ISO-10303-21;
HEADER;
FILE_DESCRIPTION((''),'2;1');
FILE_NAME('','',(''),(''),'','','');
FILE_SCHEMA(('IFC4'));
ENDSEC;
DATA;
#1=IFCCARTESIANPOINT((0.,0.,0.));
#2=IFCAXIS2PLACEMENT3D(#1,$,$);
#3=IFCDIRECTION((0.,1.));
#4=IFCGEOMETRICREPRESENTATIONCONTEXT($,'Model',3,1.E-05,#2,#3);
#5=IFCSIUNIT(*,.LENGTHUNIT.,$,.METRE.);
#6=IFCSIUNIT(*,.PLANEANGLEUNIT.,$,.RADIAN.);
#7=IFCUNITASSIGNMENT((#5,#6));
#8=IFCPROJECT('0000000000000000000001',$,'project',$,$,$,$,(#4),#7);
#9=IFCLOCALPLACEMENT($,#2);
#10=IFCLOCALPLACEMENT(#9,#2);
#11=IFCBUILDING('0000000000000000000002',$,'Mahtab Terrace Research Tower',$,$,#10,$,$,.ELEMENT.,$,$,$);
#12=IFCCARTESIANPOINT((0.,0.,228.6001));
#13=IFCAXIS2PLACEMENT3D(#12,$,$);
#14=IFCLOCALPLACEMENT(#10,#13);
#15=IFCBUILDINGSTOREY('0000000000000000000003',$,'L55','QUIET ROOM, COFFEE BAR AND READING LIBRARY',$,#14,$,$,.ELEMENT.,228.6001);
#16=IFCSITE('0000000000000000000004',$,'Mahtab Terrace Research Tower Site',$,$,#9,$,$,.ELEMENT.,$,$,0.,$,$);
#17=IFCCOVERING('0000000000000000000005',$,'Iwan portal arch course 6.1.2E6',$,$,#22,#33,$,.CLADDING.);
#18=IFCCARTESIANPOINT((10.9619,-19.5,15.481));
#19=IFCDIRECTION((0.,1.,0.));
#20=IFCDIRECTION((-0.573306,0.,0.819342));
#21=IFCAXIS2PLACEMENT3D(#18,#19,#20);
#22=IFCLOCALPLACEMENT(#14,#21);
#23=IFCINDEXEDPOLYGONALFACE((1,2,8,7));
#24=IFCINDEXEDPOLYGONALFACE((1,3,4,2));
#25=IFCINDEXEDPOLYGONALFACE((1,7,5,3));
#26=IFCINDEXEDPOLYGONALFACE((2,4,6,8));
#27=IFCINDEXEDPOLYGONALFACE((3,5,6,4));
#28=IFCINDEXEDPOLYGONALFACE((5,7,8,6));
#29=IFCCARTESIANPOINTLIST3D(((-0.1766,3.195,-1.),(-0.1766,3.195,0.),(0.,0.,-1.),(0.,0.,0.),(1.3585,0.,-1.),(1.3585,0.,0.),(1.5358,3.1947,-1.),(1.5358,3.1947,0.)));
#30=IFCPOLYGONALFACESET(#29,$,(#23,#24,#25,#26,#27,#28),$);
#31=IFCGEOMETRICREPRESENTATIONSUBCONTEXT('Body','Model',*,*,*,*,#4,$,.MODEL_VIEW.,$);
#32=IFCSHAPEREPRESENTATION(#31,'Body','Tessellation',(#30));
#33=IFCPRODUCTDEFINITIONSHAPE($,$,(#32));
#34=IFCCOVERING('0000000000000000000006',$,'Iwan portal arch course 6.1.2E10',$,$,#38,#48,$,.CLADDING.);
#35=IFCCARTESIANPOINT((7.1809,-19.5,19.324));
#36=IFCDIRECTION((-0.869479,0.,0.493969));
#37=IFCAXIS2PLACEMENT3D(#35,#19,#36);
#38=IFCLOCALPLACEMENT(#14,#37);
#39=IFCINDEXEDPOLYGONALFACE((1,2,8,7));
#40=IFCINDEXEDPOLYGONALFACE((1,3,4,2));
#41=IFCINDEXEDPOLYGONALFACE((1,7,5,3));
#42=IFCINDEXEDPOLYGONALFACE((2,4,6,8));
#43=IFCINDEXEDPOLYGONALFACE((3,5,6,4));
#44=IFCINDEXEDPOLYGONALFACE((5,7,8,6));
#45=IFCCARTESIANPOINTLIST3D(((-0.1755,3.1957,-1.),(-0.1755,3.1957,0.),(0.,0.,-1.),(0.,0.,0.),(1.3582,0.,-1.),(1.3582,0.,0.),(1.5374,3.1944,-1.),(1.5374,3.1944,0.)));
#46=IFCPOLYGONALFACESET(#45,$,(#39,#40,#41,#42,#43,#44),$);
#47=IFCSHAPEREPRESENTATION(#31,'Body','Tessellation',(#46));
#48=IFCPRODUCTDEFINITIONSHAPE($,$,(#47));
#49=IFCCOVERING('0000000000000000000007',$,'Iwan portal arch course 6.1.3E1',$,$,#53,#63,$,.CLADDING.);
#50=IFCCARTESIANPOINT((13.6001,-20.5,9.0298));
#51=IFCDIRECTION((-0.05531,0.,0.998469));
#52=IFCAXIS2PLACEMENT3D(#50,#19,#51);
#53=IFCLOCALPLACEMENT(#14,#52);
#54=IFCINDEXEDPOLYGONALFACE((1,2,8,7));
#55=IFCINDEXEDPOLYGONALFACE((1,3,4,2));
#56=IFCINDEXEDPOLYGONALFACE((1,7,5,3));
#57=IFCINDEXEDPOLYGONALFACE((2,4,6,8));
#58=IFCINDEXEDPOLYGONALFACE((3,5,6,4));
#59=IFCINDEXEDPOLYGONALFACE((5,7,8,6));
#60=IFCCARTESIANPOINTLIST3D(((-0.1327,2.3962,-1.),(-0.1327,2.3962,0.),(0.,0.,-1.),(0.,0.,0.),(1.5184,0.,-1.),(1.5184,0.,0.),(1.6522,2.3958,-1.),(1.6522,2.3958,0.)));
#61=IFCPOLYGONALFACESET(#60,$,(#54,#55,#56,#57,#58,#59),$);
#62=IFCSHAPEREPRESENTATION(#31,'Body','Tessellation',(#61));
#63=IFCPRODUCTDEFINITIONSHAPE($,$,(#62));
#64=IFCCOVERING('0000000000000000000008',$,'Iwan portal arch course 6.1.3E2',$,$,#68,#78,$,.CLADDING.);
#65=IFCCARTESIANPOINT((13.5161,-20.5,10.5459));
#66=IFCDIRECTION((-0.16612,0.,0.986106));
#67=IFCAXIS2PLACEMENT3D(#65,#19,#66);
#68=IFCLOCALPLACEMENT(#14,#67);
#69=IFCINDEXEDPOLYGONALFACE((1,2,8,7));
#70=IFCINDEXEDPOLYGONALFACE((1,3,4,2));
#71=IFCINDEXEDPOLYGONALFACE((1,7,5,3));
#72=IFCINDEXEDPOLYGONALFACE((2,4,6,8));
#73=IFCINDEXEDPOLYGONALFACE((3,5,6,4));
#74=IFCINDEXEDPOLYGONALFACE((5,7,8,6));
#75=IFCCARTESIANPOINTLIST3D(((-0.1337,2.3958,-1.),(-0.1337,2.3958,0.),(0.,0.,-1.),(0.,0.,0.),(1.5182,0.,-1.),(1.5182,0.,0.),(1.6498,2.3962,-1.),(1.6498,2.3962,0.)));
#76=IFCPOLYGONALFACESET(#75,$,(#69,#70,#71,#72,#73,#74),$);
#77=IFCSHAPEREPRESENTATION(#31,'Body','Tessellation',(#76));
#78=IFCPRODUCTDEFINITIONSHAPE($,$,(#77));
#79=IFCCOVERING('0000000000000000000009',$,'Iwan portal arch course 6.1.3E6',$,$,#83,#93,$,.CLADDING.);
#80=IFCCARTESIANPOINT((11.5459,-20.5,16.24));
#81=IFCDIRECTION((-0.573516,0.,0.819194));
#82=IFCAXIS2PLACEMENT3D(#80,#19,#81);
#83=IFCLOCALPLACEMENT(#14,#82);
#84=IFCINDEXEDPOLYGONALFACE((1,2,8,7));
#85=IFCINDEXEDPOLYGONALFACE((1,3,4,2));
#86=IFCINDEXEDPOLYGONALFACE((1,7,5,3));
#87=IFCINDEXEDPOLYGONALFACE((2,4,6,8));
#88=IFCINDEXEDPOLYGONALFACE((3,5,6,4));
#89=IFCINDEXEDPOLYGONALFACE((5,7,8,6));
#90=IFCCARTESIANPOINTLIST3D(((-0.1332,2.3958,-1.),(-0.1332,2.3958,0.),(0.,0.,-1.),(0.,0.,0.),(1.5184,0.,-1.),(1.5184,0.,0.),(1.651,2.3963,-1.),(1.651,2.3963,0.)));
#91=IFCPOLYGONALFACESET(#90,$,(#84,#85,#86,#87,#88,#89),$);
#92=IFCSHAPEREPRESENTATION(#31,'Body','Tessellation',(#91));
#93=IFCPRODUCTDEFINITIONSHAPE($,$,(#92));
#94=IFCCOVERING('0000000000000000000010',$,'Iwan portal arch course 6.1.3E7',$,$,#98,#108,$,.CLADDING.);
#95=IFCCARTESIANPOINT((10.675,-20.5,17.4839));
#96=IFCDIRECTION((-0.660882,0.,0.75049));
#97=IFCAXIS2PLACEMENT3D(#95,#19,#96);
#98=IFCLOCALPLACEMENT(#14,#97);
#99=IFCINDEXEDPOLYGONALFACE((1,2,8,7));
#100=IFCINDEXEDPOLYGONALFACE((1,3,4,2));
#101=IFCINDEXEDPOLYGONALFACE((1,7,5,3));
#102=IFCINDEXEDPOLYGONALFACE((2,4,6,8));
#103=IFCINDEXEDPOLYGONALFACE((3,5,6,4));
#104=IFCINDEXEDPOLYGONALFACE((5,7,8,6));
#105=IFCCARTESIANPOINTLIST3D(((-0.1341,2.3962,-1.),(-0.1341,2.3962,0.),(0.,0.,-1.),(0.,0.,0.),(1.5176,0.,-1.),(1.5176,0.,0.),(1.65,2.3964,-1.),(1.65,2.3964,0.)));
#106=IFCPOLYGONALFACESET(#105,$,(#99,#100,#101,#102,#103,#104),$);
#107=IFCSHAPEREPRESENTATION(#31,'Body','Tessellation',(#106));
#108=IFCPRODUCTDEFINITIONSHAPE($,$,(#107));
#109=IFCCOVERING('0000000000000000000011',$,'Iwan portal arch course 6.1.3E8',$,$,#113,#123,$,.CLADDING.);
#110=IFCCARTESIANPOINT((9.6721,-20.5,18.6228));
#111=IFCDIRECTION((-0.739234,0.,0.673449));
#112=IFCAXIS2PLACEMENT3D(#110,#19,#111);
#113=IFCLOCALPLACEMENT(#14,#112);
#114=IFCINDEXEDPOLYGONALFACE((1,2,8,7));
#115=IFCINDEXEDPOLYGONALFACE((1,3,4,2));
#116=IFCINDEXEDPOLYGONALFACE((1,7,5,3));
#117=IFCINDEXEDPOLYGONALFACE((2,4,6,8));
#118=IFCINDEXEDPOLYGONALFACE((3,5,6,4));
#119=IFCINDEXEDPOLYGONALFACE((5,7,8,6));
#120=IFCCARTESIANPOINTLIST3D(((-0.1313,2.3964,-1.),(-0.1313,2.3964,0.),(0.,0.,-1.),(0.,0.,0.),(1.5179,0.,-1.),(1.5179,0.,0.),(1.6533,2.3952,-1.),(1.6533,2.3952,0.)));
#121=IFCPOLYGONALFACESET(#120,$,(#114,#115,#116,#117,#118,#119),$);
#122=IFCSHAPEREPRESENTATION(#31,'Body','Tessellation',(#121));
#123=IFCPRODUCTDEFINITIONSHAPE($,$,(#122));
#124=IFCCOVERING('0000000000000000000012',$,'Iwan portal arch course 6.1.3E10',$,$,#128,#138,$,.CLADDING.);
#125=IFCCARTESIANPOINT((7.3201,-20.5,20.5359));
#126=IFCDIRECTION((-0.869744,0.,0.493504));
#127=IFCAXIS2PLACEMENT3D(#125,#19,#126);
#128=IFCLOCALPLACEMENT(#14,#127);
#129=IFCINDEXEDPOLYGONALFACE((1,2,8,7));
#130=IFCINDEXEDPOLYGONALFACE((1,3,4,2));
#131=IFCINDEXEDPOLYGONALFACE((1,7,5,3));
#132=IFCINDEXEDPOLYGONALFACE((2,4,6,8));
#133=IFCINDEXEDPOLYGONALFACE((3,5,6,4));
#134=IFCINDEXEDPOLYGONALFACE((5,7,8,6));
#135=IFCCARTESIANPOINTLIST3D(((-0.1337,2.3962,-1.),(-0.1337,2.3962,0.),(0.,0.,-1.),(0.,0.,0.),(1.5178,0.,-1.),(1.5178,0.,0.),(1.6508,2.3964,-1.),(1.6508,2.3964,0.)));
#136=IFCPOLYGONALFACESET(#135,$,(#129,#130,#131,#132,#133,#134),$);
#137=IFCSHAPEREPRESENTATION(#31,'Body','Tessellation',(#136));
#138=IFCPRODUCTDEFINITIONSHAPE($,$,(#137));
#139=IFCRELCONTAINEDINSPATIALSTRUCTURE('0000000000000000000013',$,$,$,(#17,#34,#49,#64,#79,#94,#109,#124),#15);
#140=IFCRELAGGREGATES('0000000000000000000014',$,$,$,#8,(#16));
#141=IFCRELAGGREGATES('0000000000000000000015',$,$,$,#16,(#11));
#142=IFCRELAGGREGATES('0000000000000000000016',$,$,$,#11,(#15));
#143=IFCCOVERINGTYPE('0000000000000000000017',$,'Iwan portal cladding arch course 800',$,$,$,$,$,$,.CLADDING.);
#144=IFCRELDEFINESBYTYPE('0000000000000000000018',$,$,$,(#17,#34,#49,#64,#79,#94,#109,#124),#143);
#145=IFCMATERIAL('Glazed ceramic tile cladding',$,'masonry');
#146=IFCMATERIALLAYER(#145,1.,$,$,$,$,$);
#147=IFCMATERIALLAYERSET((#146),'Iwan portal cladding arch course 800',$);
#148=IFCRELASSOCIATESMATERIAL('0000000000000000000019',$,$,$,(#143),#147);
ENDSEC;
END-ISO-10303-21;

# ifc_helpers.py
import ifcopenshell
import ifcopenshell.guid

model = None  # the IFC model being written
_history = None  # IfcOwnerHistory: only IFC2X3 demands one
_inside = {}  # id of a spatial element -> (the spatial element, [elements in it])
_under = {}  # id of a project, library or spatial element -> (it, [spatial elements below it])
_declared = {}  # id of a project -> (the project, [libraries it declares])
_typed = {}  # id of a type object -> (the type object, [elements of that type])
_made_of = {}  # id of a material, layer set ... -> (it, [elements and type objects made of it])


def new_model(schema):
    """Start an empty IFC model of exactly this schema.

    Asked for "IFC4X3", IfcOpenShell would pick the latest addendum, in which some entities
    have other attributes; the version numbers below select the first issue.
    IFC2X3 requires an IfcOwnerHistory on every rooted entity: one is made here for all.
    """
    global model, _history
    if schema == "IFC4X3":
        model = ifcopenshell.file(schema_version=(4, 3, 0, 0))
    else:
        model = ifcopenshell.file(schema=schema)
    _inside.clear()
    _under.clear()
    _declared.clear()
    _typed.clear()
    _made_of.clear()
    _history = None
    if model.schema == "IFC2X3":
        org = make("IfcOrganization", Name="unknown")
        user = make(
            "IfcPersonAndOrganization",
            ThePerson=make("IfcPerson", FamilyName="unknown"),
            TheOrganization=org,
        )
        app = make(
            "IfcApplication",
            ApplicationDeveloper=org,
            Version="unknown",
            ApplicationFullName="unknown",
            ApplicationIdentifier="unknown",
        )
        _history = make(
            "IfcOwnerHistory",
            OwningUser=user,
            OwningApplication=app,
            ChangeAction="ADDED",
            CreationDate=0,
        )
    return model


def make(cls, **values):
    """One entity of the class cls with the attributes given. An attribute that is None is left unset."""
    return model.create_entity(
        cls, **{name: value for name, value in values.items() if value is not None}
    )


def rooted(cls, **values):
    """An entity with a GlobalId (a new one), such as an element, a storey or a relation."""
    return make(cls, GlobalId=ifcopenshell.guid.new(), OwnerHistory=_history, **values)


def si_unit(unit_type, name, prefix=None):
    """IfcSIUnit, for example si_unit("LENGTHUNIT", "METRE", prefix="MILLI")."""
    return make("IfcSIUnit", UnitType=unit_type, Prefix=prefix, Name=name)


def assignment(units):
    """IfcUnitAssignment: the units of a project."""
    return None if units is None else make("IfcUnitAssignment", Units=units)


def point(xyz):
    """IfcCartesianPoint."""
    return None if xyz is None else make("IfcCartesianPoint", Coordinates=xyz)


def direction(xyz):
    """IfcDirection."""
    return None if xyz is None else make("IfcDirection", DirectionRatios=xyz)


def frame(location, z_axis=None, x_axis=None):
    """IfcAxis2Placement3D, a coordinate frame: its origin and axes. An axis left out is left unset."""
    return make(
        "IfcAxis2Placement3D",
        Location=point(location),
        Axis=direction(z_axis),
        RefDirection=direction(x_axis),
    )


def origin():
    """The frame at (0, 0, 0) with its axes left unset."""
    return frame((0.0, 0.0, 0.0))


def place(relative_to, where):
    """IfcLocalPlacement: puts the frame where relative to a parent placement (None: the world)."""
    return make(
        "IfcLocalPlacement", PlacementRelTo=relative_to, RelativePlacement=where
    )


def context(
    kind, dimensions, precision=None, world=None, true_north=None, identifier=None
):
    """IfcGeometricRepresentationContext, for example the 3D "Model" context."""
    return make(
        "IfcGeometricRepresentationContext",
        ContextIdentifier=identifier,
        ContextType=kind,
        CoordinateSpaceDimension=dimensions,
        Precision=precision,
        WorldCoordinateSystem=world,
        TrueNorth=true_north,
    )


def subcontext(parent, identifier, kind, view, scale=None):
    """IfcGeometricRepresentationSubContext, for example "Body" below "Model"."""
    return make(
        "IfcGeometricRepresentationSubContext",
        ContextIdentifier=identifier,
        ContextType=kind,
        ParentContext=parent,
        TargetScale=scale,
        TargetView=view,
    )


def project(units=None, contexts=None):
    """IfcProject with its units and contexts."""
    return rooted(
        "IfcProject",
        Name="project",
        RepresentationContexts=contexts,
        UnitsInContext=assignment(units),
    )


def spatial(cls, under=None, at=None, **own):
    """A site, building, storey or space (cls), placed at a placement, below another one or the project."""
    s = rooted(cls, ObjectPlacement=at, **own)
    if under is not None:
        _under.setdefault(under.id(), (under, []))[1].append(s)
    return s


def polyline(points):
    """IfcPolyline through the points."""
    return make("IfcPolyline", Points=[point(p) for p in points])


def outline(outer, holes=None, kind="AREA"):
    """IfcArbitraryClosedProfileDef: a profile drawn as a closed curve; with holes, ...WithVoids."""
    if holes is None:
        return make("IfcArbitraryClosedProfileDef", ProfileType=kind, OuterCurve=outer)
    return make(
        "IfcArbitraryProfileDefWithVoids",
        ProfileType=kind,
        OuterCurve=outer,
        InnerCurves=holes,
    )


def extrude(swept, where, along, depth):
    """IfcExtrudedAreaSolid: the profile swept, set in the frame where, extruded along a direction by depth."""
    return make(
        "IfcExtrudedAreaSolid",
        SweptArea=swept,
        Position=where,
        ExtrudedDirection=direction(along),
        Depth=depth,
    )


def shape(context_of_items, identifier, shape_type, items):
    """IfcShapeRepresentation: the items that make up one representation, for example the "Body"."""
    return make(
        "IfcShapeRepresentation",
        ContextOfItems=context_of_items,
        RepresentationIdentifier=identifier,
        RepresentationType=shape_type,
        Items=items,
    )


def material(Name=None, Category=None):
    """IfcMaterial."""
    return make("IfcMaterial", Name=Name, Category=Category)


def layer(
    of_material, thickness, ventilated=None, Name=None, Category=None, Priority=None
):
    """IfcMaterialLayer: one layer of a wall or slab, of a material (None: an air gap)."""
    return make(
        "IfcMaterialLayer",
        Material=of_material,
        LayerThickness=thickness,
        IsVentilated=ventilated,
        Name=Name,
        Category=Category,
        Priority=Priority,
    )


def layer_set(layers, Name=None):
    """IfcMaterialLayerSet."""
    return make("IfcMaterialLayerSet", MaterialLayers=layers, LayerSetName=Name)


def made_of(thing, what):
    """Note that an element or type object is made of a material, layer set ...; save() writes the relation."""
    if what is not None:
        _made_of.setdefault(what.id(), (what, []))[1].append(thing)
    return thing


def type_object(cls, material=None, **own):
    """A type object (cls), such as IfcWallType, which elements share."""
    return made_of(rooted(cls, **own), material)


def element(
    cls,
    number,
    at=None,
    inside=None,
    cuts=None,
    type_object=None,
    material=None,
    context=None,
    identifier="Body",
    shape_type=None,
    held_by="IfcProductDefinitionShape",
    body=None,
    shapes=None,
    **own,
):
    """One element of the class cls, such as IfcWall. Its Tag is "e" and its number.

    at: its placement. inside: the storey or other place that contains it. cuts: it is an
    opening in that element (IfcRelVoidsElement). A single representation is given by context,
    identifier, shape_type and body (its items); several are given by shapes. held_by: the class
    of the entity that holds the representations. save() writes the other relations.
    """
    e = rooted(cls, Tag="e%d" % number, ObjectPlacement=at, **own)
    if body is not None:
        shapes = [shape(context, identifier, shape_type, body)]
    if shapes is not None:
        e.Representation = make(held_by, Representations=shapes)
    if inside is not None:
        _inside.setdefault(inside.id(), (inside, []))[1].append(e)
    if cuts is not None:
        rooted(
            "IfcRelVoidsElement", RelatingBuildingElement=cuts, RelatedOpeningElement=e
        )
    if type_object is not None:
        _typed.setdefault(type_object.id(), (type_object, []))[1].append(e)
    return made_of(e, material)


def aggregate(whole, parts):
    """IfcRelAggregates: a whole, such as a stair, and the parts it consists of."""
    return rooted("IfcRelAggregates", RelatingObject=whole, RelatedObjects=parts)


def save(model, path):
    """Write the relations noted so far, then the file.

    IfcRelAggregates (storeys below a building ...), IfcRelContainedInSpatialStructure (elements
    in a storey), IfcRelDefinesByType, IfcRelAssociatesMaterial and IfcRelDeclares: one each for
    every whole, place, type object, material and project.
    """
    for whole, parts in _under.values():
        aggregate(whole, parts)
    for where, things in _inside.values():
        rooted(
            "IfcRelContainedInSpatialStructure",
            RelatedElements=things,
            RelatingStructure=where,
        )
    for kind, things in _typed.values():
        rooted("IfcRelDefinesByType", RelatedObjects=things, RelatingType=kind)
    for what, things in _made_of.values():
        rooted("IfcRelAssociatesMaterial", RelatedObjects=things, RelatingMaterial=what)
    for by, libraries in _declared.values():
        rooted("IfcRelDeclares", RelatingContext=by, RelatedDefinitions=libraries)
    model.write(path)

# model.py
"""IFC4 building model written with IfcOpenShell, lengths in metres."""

from ifc_helpers import new_model, si_unit, direction, frame, origin, place, context, subcontext, project, spatial, polyline, outline, extrude, material, layer, layer_set, type_object, element, save


model = new_model("IFC4")

# Units and contexts
model_context = context("Model", 3, precision=1e-05, world=origin(), true_north=direction((0.0, 1.0)))
body_context = subcontext(model_context, "Body", "Model", "MODEL_VIEW")
ifc_project = project(units=[si_unit("LENGTHUNIT", "METRE"), si_unit("PLANEANGLEUNIT", "RADIAN")], contexts=[model_context])

# Site, building, storey
site_placement = place(None, origin())
site = spatial("IfcSite", under=ifc_project, at=site_placement, Name="Mahtab Terrace Research Tower Site", CompositionType="ELEMENT", RefElevation=0.0)
building_placement = place(site_placement, origin())
building = spatial("IfcBuilding", under=site, at=building_placement, Name="Mahtab Terrace Research Tower", CompositionType="ELEMENT")
storey_placement = place(building_placement, frame((0.0, 0.0, 228.6001)))
storey = spatial("IfcBuildingStorey", under=building, at=storey_placement, Name="L55", Description="QUIET ROOM, COFFEE BAR AND READING LIBRARY", CompositionType="ELEMENT", Elevation=228.6001)

# Coverings
ifc_material_1 = material(Name="Glazed ceramic tile cladding", Category="masonry")
ifc_layer = layer(ifc_material_1, 1.0)
ifc_layer_set = layer_set([ifc_layer], Name="Iwan portal cladding arch course 800")
covering_type = type_object("IfcCoveringType", Name="Iwan portal cladding arch course 800", PredefinedType="CLADDING", material=ifc_layer_set)
covering_1_placement = place(storey_placement, frame((10.9619, -19.5, 15.481), z_axis=(0.0, 1.0, 0.0), x_axis=(-0.573306, 0.0, 0.819342)))
element("IfcCovering", 1, at=covering_1_placement, inside=storey, type_object=covering_type, Name="Iwan portal arch course 6.1.2E6", PredefinedType="CLADDING", context=body_context, shape_type="SweptSolid", body=[
    extrude(outline(polyline([(0.0, 0.0), (1.3585, 0.0), (1.5358, 3.1947), (-0.1766, 3.195), (0.0, 0.0)])), origin(), (0.0, 0.0, -1.0), 1.0),
])
covering_2_placement = place(storey_placement, frame((7.1809, -19.5, 19.324), z_axis=(0.0, 1.0, 0.0), x_axis=(-0.869479, 0.0, 0.493969)))
element("IfcCovering", 2, at=covering_2_placement, inside=storey, type_object=covering_type, Name="Iwan portal arch course 6.1.2E10", PredefinedType="CLADDING", context=body_context, shape_type="SweptSolid", body=[
    extrude(outline(polyline([(0.0, 0.0), (1.3582, 0.0), (1.5374, 3.1944), (-0.1755, 3.1957), (0.0, 0.0)])), origin(), (0.0, 0.0, -1.0), 1.0),
])
covering_3_placement = place(storey_placement, frame((13.6001, -20.5, 9.0298), z_axis=(0.0, 1.0, 0.0), x_axis=(-0.05531, 0.0, 0.998469)))
element("IfcCovering", 3, at=covering_3_placement, inside=storey, type_object=covering_type, Name="Iwan portal arch course 6.1.3E1", PredefinedType="CLADDING", context=body_context, shape_type="SweptSolid", body=[
    extrude(outline(polyline([(0.0, 0.0), (1.5184, 0.0), (1.6522, 2.3958), (-0.1327, 2.3962), (0.0, 0.0)])), origin(), (0.0, 0.0, -1.0), 1.0),
])
covering_4_placement = place(storey_placement, frame((13.5161, -20.5, 10.5459), z_axis=(0.0, 1.0, 0.0), x_axis=(-0.16612, 0.0, 0.986106)))
element("IfcCovering", 4, at=covering_4_placement, inside=storey, type_object=covering_type, Name="Iwan portal arch course 6.1.3E2", PredefinedType="CLADDING", context=body_context, shape_type="SweptSolid", body=[
    extrude(outline(polyline([(0.0, 0.0), (1.5182, 0.0), (1.6498, 2.3962), (-0.1337, 2.3958), (0.0, 0.0)])), origin(), (0.0, 0.0, -1.0), 1.0),
])
covering_5_placement = place(storey_placement, frame((11.5459, -20.5, 16.24), z_axis=(0.0, 1.0, 0.0), x_axis=(-0.573516, 0.0, 0.819194)))
element("IfcCovering", 5, at=covering_5_placement, inside=storey, type_object=covering_type, Name="Iwan portal arch course 6.1.3E6", PredefinedType="CLADDING", context=body_context, shape_type="SweptSolid", body=[
    extrude(outline(polyline([(0.0, 0.0), (1.5184, 0.0), (1.651, 2.3963), (-0.1332, 2.3958), (0.0, 0.0)])), origin(), (0.0, 0.0, -1.0), 1.0),
])
covering_6_placement = place(storey_placement, frame((10.675, -20.5, 17.4839), z_axis=(0.0, 1.0, 0.0), x_axis=(-0.660882, 0.0, 0.75049)))
element("IfcCovering", 6, at=covering_6_placement, inside=storey, type_object=covering_type, Name="Iwan portal arch course 6.1.3E7", PredefinedType="CLADDING", context=body_context, shape_type="SweptSolid", body=[
    extrude(outline(polyline([(0.0, 0.0), (1.5176, 0.0), (1.65, 2.3964), (-0.1341, 2.3962), (0.0, 0.0)])), origin(), (0.0, 0.0, -1.0), 1.0),
])
covering_7_placement = place(storey_placement, frame((9.6721, -20.5, 18.6228), z_axis=(0.0, 1.0, 0.0), x_axis=(-0.739234, 0.0, 0.673449)))
element("IfcCovering", 7, at=covering_7_placement, inside=storey, type_object=covering_type, Name="Iwan portal arch course 6.1.3E8", PredefinedType="CLADDING", context=body_context, shape_type="SweptSolid", body=[
    extrude(outline(polyline([(0.0, 0.0), (1.5179, 0.0), (1.6533, 2.3952), (-0.1313, 2.3964), (0.0, 0.0)])), origin(), (0.0, 0.0, -1.0), 1.0),
])
covering_8_placement = place(storey_placement, frame((7.3201, -20.5, 20.5359), z_axis=(0.0, 1.0, 0.0), x_axis=(-0.869744, 0.0, 0.493504)))
element("IfcCovering", 8, at=covering_8_placement, inside=storey, type_object=covering_type, Name="Iwan portal arch course 6.1.3E10", PredefinedType="CLADDING", context=body_context, shape_type="SweptSolid", body=[
    extrude(outline(polyline([(0.0, 0.0), (1.5178, 0.0), (1.6508, 2.3964), (-0.1337, 2.3962), (0.0, 0.0)])), origin(), (0.0, 0.0, -1.0), 1.0),
])

save(model, "model.ifc")
